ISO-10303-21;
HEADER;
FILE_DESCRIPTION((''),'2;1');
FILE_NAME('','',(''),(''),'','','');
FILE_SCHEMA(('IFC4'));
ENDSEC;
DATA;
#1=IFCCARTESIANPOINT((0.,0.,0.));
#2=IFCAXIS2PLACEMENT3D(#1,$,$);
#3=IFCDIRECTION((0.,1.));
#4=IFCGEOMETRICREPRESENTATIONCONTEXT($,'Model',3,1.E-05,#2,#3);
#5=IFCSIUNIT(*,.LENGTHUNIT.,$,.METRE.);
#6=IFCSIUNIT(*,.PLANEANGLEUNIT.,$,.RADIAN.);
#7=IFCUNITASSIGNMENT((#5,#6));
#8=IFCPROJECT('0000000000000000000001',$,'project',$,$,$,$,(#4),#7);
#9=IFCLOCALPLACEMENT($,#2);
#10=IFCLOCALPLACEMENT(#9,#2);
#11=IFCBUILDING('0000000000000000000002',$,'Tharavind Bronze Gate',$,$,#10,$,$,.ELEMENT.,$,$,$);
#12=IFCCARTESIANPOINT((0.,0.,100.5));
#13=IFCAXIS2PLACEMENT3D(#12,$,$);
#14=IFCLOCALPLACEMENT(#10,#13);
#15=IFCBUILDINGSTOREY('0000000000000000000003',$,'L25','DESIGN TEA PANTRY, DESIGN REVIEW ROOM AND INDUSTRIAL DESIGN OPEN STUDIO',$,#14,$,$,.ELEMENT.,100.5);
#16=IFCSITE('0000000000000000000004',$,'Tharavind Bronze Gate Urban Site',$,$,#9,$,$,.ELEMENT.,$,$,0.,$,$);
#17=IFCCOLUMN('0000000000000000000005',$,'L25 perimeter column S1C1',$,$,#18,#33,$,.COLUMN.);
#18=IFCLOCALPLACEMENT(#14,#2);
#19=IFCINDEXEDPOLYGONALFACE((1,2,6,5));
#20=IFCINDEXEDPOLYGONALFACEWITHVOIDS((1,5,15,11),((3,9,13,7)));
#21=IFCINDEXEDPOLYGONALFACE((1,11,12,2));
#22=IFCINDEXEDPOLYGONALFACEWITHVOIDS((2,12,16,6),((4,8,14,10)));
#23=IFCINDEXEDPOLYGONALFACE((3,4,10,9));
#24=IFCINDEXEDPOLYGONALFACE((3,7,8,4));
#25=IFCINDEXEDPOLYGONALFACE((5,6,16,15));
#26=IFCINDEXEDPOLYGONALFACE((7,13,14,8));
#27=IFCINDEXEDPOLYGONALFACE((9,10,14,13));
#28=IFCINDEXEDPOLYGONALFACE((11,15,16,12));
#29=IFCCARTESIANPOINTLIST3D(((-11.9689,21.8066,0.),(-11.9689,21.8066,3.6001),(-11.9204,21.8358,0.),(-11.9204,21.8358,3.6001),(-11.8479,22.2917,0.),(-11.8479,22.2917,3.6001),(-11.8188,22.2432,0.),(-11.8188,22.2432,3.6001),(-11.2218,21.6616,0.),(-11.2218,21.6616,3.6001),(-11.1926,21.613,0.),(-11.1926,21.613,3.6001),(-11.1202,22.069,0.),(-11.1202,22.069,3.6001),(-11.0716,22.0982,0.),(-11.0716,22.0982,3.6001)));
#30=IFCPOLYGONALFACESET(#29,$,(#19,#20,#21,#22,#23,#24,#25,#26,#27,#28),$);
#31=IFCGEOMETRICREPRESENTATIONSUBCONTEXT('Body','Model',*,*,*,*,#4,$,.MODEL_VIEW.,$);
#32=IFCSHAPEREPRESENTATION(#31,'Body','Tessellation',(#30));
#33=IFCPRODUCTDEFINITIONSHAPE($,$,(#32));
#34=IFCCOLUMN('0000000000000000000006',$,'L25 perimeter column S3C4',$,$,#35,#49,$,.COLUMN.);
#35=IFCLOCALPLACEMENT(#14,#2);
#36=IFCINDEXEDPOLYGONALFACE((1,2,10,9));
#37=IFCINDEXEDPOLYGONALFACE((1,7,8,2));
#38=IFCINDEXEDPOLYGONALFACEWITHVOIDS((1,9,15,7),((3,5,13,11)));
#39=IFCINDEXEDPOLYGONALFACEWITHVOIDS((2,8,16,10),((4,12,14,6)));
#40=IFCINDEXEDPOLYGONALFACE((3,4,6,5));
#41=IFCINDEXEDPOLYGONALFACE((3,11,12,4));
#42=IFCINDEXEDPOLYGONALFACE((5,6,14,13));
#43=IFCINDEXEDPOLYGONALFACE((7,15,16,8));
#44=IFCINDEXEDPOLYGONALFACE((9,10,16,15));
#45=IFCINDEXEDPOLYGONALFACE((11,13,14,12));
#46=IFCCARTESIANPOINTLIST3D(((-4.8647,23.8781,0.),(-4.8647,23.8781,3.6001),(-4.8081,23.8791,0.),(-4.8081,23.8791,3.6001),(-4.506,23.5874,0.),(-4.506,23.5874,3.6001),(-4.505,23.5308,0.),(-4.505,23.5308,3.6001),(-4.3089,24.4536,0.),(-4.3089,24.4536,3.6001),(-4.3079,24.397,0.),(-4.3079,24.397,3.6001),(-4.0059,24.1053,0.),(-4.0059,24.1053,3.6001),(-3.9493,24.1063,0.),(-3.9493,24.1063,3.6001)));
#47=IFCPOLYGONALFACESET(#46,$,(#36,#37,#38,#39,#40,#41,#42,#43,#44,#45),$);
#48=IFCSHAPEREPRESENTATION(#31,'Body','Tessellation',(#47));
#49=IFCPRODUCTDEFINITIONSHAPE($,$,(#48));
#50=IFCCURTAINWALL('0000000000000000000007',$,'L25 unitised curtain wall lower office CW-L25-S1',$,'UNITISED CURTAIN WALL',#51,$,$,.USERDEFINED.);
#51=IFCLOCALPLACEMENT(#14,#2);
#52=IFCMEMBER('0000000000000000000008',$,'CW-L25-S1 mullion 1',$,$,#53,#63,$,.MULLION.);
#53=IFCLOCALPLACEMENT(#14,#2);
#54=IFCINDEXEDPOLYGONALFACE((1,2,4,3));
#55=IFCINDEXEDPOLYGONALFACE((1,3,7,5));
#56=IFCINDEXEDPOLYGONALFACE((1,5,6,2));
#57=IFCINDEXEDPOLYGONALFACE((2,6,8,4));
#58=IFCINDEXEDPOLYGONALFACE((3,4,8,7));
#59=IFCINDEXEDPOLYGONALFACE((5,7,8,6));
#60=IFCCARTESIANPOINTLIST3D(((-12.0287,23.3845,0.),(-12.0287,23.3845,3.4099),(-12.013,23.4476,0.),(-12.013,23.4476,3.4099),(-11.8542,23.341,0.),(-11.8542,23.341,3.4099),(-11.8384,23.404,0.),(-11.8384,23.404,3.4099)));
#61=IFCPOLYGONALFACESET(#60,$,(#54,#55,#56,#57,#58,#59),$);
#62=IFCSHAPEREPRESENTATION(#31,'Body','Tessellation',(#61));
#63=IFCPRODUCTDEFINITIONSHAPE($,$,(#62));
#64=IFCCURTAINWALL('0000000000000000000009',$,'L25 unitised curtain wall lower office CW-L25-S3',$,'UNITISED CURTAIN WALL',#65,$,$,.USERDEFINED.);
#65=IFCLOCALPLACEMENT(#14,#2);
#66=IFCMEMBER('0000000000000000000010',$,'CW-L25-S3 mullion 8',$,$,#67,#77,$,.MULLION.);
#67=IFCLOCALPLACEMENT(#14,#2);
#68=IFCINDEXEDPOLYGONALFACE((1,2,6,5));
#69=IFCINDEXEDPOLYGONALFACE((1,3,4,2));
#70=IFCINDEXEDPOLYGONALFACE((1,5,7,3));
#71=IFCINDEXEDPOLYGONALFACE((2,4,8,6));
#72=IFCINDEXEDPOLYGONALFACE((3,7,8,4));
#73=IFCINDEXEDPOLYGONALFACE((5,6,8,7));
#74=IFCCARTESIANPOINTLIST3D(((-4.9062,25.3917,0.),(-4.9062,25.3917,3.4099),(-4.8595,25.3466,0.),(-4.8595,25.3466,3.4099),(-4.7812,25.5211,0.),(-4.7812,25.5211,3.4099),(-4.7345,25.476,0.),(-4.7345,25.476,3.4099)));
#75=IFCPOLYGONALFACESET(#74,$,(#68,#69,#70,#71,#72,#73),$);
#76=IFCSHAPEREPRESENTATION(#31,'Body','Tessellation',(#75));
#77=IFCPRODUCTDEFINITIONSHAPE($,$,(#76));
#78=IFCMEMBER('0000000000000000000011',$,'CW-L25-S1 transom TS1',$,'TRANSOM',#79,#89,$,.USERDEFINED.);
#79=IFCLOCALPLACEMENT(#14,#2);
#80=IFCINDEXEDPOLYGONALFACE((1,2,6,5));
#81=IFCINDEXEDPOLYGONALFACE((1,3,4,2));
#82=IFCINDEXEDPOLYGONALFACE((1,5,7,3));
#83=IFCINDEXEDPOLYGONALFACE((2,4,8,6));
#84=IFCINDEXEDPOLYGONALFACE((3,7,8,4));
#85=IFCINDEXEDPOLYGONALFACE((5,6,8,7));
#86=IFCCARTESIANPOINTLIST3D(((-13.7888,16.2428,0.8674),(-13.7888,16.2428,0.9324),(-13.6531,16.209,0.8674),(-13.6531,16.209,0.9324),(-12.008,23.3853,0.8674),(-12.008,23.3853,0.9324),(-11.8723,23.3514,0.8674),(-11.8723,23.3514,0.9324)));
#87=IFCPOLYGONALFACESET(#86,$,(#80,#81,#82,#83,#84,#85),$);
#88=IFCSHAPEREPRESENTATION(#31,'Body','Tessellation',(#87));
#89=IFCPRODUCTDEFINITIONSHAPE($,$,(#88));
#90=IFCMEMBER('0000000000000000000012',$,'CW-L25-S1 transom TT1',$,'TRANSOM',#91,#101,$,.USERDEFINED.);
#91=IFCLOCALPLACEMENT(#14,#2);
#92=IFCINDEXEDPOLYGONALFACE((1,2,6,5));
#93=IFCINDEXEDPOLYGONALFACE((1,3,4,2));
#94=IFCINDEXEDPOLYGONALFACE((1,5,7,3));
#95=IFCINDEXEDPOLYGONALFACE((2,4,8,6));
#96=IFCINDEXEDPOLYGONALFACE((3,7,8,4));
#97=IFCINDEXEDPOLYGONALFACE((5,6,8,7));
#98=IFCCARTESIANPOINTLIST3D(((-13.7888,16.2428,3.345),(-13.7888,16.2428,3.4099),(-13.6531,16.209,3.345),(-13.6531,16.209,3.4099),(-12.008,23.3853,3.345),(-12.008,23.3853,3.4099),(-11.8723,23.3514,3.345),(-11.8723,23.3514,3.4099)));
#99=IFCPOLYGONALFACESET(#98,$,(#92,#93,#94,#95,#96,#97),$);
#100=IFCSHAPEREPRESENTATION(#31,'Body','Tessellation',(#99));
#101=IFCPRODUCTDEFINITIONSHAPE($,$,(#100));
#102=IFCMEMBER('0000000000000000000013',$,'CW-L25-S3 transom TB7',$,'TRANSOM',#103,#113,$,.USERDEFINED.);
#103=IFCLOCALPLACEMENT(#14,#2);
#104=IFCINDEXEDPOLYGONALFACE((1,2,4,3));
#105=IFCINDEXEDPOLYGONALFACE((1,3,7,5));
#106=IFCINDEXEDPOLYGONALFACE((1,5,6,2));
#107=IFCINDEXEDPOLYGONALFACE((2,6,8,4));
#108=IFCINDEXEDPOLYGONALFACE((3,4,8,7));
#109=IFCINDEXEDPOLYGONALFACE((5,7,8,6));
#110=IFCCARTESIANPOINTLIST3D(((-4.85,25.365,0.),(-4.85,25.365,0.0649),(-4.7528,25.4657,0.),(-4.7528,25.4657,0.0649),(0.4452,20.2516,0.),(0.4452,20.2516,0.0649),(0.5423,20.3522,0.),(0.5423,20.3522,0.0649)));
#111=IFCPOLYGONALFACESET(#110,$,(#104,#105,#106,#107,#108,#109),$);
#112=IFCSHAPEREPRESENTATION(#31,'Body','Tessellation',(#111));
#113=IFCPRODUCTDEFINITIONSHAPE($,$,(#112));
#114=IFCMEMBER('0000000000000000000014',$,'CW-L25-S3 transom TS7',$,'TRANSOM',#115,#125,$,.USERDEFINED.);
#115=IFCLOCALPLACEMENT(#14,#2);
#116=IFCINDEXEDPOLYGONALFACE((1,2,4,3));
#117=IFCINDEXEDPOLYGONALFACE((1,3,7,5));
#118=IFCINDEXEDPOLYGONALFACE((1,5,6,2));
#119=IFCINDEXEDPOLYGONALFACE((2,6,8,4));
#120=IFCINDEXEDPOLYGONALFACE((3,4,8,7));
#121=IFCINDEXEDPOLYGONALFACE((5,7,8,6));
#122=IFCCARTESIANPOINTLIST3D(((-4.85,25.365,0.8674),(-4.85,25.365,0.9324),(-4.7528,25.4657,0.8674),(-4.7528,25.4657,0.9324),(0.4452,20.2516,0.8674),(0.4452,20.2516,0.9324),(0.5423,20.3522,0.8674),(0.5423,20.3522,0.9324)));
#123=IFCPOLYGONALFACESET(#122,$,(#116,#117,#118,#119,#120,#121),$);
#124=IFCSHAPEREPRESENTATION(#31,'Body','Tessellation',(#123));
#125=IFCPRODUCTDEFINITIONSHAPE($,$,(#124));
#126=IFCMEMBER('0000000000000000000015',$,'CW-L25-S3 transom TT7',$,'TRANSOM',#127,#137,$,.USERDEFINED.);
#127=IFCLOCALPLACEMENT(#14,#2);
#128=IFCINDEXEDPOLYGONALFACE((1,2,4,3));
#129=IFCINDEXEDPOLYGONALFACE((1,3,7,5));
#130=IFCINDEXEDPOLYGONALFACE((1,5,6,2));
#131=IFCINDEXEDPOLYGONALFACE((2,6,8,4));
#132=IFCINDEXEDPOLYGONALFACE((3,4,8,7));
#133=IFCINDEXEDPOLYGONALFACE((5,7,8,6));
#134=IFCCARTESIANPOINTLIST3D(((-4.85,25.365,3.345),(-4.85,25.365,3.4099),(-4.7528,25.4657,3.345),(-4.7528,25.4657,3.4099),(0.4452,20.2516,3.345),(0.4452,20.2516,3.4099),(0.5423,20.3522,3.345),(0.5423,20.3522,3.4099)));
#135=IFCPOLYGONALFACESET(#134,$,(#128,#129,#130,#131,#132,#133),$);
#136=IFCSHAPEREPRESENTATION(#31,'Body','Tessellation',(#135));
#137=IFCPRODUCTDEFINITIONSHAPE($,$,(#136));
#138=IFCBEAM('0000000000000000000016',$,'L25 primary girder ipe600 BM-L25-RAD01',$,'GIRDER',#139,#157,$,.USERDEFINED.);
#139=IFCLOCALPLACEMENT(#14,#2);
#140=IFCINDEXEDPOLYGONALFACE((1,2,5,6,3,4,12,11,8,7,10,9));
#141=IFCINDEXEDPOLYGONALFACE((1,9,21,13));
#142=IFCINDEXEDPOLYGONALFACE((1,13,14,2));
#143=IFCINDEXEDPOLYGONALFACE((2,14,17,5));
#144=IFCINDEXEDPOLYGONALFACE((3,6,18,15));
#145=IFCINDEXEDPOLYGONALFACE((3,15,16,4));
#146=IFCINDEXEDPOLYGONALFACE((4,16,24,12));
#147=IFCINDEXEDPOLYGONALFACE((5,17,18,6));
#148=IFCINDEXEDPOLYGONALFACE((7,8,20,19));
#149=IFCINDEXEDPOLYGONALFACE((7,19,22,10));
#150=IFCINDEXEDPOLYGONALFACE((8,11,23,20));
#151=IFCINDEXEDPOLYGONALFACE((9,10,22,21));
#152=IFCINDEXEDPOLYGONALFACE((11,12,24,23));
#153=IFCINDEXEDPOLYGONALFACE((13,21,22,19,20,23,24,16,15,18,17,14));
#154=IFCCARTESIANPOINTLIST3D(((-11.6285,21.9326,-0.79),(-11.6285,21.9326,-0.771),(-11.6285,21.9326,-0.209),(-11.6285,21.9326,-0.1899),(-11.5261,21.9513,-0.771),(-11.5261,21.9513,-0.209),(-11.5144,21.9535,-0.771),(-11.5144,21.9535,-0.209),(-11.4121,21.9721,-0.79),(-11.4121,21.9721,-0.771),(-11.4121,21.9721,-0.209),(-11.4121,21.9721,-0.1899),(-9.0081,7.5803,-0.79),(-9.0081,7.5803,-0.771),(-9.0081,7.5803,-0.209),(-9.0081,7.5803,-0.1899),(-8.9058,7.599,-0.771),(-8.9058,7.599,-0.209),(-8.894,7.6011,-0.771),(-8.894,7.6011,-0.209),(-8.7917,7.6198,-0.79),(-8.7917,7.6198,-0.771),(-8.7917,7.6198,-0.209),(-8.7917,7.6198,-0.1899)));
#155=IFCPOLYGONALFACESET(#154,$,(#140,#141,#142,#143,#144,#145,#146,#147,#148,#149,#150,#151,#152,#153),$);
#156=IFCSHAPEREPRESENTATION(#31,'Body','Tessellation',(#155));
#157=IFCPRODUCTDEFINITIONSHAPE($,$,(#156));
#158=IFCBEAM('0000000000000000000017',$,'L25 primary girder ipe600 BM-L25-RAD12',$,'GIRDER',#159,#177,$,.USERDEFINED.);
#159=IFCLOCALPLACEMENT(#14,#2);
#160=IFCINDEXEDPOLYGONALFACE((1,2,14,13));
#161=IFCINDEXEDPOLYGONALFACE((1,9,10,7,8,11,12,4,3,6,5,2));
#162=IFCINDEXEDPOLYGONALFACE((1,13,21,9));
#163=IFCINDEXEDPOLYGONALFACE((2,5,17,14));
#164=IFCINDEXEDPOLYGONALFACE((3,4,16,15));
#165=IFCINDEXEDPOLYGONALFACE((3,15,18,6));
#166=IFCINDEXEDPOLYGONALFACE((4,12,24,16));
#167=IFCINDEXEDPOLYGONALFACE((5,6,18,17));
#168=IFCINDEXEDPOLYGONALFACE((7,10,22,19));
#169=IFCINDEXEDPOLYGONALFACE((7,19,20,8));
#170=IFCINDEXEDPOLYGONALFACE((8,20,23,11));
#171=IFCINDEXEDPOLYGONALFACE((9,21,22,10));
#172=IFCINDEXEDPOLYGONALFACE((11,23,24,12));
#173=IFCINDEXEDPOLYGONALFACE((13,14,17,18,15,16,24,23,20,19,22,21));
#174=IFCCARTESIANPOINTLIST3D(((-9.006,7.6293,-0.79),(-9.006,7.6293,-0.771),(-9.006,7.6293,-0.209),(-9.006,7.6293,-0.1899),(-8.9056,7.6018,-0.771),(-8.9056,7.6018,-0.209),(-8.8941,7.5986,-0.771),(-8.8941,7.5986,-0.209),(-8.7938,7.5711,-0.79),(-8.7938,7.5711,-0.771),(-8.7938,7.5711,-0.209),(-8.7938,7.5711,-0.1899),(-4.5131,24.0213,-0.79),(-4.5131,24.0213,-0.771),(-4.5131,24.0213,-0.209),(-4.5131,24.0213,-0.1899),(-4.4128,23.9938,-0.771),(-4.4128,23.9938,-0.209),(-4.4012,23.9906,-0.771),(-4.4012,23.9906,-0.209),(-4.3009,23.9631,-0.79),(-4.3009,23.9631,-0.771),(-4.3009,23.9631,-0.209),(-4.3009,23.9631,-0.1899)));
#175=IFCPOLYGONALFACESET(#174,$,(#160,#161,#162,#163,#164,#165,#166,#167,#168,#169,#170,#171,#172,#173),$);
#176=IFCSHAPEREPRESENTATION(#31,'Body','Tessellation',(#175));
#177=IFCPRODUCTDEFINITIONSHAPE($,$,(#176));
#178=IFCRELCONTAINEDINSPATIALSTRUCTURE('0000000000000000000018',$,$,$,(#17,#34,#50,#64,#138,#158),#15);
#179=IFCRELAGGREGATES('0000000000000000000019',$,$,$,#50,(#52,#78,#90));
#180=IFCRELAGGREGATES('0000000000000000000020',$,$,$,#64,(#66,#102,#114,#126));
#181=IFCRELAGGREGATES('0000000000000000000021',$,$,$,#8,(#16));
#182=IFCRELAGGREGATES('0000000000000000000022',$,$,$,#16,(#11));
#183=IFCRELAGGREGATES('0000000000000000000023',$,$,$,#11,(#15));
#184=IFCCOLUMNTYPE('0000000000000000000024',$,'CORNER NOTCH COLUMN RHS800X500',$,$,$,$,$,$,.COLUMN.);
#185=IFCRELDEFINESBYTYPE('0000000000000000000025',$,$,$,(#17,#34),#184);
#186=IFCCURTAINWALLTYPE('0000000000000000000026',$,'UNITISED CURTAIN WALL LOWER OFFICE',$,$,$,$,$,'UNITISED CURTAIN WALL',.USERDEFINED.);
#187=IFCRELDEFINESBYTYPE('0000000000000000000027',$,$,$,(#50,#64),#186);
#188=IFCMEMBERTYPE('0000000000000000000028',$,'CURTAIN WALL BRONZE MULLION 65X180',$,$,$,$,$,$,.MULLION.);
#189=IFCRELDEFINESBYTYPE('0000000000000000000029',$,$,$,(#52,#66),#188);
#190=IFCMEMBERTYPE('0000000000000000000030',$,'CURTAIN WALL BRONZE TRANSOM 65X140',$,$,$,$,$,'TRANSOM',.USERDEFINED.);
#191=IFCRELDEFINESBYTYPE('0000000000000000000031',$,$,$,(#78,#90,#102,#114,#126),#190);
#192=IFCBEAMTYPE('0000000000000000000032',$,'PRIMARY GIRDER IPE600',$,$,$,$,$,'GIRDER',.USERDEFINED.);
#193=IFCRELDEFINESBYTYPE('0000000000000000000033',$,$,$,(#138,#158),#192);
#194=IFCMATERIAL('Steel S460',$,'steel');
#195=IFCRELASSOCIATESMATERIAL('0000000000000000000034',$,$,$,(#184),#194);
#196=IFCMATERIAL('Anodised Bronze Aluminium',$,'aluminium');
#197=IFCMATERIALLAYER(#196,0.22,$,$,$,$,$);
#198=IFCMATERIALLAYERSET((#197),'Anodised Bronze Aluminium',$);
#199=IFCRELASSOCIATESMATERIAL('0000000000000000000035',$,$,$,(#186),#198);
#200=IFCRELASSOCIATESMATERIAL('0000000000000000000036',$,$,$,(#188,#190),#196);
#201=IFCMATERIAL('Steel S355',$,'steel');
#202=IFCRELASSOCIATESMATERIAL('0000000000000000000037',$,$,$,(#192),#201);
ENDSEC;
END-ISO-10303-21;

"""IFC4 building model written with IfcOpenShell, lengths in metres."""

from ifc_helpers import new_model, si_unit, direction, frame, origin, origin_2d, place, context, subcontext, project, spatial, rectangle, hollow_rectangle, i_section, extrude, material, layer, layer_set, material_profile, profile_set, type_object, element, aggregate, save


model = new_model("IFC4")

# Units and contexts
model_context = context("Model", 3, precision=1e-05, world=origin(), true_north=direction((0.0, 1.0)))
body_context = subcontext(model_context, "Body", "Model", "MODEL_VIEW")
ifc_project = project(units=[si_unit("LENGTHUNIT", "METRE"), si_unit("PLANEANGLEUNIT", "RADIAN")], contexts=[model_context])

# Site, building, storey
site_placement = place(None, origin())
site = spatial("IfcSite", under=ifc_project, at=site_placement, Name="Tharavind Bronze Gate Urban Site", CompositionType="ELEMENT", RefElevation=0.0)
building_placement = place(site_placement, origin())
building = spatial("IfcBuilding", under=site, at=building_placement, Name="Tharavind Bronze Gate", CompositionType="ELEMENT")
storey_placement = place(building_placement, frame((0.0, 0.0, 100.5)))
storey = spatial("IfcBuildingStorey", under=building, at=storey_placement, Name="L25", Description="DESIGN TEA PANTRY, DESIGN REVIEW ROOM AND INDUSTRIAL DESIGN OPEN STUDIO", CompositionType="ELEMENT", Elevation=100.5)

# Columns
ifc_material_1 = material(Name="Steel S460", Category="steel")
ifc_material_profile_1 = material_profile(ifc_material_1, hollow_rectangle(XDim=0.5, YDim=0.8, WallThickness=0.04, at=origin_2d()), Name="RHS800X500X40")
ifc_profile_set_1 = profile_set([ifc_material_profile_1], Name="Steel S460")
column_type = type_object("IfcColumnType", Name="CORNER NOTCH COLUMN RHS800X500", PredefinedType="COLUMN", material=ifc_profile_set_1)
for number, where, z_axis, x_axis, name in (
    (1, (-11.5203, 21.9524, 0.0), (0.0, 0.0, 1.0), (0.241922, 0.970296, 0.0), "L25 perimeter column S1C1"),
    (2, (-4.407, 23.9922, 0.0), (0.0, 0.0, 1.0), (-0.71934, 0.694658, 0.0), "L25 perimeter column S3C4"),
):
    element("IfcColumn", number, at=place(storey_placement, frame(where, z_axis=z_axis, x_axis=x_axis)), inside=storey, type_object=column_type, Name=name, PredefinedType="COLUMN", context=body_context, shape_type="SweptSolid", body=[
        extrude(hollow_rectangle(XDim=0.5, YDim=0.8, WallThickness=0.04, at=origin_2d()), origin(), (0.0, 0.0, 1.0), 3.6001),
    ])

# Curtain walls, members
ifc_material_2 = material(Name="Anodised Bronze Aluminium", Category="aluminium")
ifc_layer_1 = layer(ifc_material_2, 0.22)
ifc_layer_set_1 = layer_set([ifc_layer_1], Name="Anodised Bronze Aluminium")
curtain_wall_type = type_object("IfcCurtainWallType", Name="UNITISED CURTAIN WALL LOWER OFFICE", ElementType="UNITISED CURTAIN WALL", PredefinedType="USERDEFINED", material=ifc_layer_set_1)
curtain_wall_1_placement = place(storey_placement, origin())
curtain_wall_1 = element("IfcCurtainWall", 3, at=curtain_wall_1_placement, inside=storey, type_object=curtain_wall_type, Name="L25 unitised curtain wall lower office CW-L25-S1", ObjectType="UNITISED CURTAIN WALL", PredefinedType="USERDEFINED")
member_type_1 = type_object("IfcMemberType", Name="CURTAIN WALL BRONZE MULLION 65X180", PredefinedType="MULLION", material=ifc_material_2)
member_1_placement = place(storey_placement, frame((-11.9336, 23.3943, 0.0), z_axis=(0.0, 0.0, 1.0), x_axis=(-0.241922, -0.970296, 0.0)))
member_1 = element("IfcMember", 4, at=member_1_placement, type_object=member_type_1, Name="CW-L25-S1 mullion 1", PredefinedType="MULLION", context=body_context, shape_type="SweptSolid", body=[
    extrude(rectangle(XDim=0.0649, YDim=0.1799, at=origin_2d()), origin(), (0.0, 0.0, 1.0), 3.4099),
])
curtain_wall_2_placement = place(storey_placement, origin())
curtain_wall_2 = element("IfcCurtainWall", 5, at=curtain_wall_2_placement, inside=storey, type_object=curtain_wall_type, Name="L25 unitised curtain wall lower office CW-L25-S3", ObjectType="UNITISED CURTAIN WALL", PredefinedType="USERDEFINED")
member_2_placement = place(storey_placement, frame((-4.8203, 25.4338, 0.0), z_axis=(0.0, 0.0, 1.0), x_axis=(-0.719341, 0.694657, 0.0)))
member_2 = element("IfcMember", 6, at=member_2_placement, type_object=member_type_1, Name="CW-L25-S3 mullion 8", PredefinedType="MULLION", context=body_context, shape_type="SweptSolid", body=[
    extrude(rectangle(XDim=0.0649, YDim=0.1799, at=origin_2d()), origin(), (0.0, 0.0, 1.0), 3.4099),
])

# Members
member_type_2 = type_object("IfcMemberType", Name="CURTAIN WALL BRONZE TRANSOM 65X140", ElementType="TRANSOM", PredefinedType="USERDEFINED", material=ifc_material_2)
member_3_placement = place(storey_placement, frame((-12.8306, 19.7971, 0.8674), z_axis=(0.0, 0.0, 1.0), x_axis=(-0.241922, -0.970296, 0.0)))
member_3 = element("IfcMember", 7, at=member_3_placement, type_object=member_type_2, Name="CW-L25-S1 transom TS1", ObjectType="TRANSOM", PredefinedType="USERDEFINED", context=body_context, shape_type="SweptSolid", body=[
    extrude(rectangle(XDim=7.3611, YDim=0.1399, at=origin_2d()), origin(), (0.0, 0.0, 1.0), 0.0649),
])
member_4_placement = place(storey_placement, frame((-12.8306, 19.7971, 3.345), z_axis=(0.0, 0.0, 1.0), x_axis=(-0.241922, -0.970296, 0.0)))
member_4 = element("IfcMember", 8, at=member_4_placement, type_object=member_type_2, Name="CW-L25-S1 transom TT1", ObjectType="TRANSOM", PredefinedType="USERDEFINED", context=body_context, shape_type="SweptSolid", body=[
    extrude(rectangle(XDim=7.3611, YDim=0.1399, at=origin_2d()), origin(), (0.0, 0.0, 1.0), 0.0649),
])
member_5_placement = place(storey_placement, frame((-2.1538, 22.8586, 0.0), z_axis=(0.0, 0.0, 1.0), x_axis=(-0.719341, 0.694657, 0.0)))
member_5 = element("IfcMember", 9, at=member_5_placement, type_object=member_type_2, Name="CW-L25-S3 transom TB7", ObjectType="TRANSOM", PredefinedType="USERDEFINED", context=body_context, shape_type="SweptSolid", body=[
    extrude(rectangle(XDim=7.3611, YDim=0.1399, at=origin_2d()), origin(), (0.0, 0.0, 1.0), 0.0649),
])
member_6_placement = place(storey_placement, frame((-2.1538, 22.8586, 0.8674), z_axis=(0.0, 0.0, 1.0), x_axis=(-0.719341, 0.694657, 0.0)))
member_6 = element("IfcMember", 10, at=member_6_placement, type_object=member_type_2, Name="CW-L25-S3 transom TS7", ObjectType="TRANSOM", PredefinedType="USERDEFINED", context=body_context, shape_type="SweptSolid", body=[
    extrude(rectangle(XDim=7.3611, YDim=0.1399, at=origin_2d()), origin(), (0.0, 0.0, 1.0), 0.0649),
])
member_7_placement = place(storey_placement, frame((-2.1538, 22.8586, 3.345), z_axis=(0.0, 0.0, 1.0), x_axis=(-0.719341, 0.694657, 0.0)))
member_7 = element("IfcMember", 11, at=member_7_placement, type_object=member_type_2, Name="CW-L25-S3 transom TT7", ObjectType="TRANSOM", PredefinedType="USERDEFINED", context=body_context, shape_type="SweptSolid", body=[
    extrude(rectangle(XDim=7.3611, YDim=0.1399, at=origin_2d()), origin(), (0.0, 0.0, 1.0), 0.0649),
])

# Beams
ifc_material_3 = material(Name="Steel S355", Category="steel")
ifc_material_profile_2 = material_profile(ifc_material_3, i_section(OverallWidth=0.22, OverallDepth=0.6001, WebThickness=0.012, FlangeThickness=0.019, at=origin_2d()), Name="IPE600")
ifc_profile_set_2 = profile_set([ifc_material_profile_2], Name="Steel S355")
beam_type_1 = type_object("IfcBeamType", Name="PRIMARY GIRDER IPE600", ElementType="GIRDER", PredefinedType="USERDEFINED", material=ifc_profile_set_2)
beam_1_placement = place(storey_placement, frame((-11.5203, 21.9524, -0.49), z_axis=(0.179605, -0.983739, 0.0), x_axis=(0.983739, 0.179605, 0.0)))
element("IfcBeam", 12, at=beam_1_placement, inside=storey, type_object=beam_type_1, Name="L25 primary girder ipe600 BM-L25-RAD01", ObjectType="GIRDER", PredefinedType="USERDEFINED", context=body_context, shape_type="SweptSolid", body=[
    extrude(i_section(OverallWidth=0.22, OverallDepth=0.6001, WebThickness=0.012, FlangeThickness=0.019, at=origin_2d()), origin(), (0.0, 0.0, 1.0), 14.5896),
])
beam_2_placement = place(storey_placement, frame((-4.407, 23.9922, -0.49), z_axis=(-0.264341, -0.964429, 0.0), x_axis=(0.964429, -0.264341, 0.0)))
element("IfcBeam", 13, at=beam_2_placement, inside=storey, type_object=beam_type_1, Name="L25 primary girder ipe600 BM-L25-RAD12", ObjectType="GIRDER", PredefinedType="USERDEFINED", context=body_context, shape_type="SweptSolid", body=[
    extrude(i_section(OverallWidth=0.22, OverallDepth=0.6001, WebThickness=0.012, FlangeThickness=0.019, at=origin_2d()), origin(), (0.0, 0.0, 1.0), 16.9966),
])

aggregate(curtain_wall_1, [member_1, member_3, member_4])
aggregate(curtain_wall_2, [member_2, member_5, member_6, member_7])

save(model, "model.ifc")
